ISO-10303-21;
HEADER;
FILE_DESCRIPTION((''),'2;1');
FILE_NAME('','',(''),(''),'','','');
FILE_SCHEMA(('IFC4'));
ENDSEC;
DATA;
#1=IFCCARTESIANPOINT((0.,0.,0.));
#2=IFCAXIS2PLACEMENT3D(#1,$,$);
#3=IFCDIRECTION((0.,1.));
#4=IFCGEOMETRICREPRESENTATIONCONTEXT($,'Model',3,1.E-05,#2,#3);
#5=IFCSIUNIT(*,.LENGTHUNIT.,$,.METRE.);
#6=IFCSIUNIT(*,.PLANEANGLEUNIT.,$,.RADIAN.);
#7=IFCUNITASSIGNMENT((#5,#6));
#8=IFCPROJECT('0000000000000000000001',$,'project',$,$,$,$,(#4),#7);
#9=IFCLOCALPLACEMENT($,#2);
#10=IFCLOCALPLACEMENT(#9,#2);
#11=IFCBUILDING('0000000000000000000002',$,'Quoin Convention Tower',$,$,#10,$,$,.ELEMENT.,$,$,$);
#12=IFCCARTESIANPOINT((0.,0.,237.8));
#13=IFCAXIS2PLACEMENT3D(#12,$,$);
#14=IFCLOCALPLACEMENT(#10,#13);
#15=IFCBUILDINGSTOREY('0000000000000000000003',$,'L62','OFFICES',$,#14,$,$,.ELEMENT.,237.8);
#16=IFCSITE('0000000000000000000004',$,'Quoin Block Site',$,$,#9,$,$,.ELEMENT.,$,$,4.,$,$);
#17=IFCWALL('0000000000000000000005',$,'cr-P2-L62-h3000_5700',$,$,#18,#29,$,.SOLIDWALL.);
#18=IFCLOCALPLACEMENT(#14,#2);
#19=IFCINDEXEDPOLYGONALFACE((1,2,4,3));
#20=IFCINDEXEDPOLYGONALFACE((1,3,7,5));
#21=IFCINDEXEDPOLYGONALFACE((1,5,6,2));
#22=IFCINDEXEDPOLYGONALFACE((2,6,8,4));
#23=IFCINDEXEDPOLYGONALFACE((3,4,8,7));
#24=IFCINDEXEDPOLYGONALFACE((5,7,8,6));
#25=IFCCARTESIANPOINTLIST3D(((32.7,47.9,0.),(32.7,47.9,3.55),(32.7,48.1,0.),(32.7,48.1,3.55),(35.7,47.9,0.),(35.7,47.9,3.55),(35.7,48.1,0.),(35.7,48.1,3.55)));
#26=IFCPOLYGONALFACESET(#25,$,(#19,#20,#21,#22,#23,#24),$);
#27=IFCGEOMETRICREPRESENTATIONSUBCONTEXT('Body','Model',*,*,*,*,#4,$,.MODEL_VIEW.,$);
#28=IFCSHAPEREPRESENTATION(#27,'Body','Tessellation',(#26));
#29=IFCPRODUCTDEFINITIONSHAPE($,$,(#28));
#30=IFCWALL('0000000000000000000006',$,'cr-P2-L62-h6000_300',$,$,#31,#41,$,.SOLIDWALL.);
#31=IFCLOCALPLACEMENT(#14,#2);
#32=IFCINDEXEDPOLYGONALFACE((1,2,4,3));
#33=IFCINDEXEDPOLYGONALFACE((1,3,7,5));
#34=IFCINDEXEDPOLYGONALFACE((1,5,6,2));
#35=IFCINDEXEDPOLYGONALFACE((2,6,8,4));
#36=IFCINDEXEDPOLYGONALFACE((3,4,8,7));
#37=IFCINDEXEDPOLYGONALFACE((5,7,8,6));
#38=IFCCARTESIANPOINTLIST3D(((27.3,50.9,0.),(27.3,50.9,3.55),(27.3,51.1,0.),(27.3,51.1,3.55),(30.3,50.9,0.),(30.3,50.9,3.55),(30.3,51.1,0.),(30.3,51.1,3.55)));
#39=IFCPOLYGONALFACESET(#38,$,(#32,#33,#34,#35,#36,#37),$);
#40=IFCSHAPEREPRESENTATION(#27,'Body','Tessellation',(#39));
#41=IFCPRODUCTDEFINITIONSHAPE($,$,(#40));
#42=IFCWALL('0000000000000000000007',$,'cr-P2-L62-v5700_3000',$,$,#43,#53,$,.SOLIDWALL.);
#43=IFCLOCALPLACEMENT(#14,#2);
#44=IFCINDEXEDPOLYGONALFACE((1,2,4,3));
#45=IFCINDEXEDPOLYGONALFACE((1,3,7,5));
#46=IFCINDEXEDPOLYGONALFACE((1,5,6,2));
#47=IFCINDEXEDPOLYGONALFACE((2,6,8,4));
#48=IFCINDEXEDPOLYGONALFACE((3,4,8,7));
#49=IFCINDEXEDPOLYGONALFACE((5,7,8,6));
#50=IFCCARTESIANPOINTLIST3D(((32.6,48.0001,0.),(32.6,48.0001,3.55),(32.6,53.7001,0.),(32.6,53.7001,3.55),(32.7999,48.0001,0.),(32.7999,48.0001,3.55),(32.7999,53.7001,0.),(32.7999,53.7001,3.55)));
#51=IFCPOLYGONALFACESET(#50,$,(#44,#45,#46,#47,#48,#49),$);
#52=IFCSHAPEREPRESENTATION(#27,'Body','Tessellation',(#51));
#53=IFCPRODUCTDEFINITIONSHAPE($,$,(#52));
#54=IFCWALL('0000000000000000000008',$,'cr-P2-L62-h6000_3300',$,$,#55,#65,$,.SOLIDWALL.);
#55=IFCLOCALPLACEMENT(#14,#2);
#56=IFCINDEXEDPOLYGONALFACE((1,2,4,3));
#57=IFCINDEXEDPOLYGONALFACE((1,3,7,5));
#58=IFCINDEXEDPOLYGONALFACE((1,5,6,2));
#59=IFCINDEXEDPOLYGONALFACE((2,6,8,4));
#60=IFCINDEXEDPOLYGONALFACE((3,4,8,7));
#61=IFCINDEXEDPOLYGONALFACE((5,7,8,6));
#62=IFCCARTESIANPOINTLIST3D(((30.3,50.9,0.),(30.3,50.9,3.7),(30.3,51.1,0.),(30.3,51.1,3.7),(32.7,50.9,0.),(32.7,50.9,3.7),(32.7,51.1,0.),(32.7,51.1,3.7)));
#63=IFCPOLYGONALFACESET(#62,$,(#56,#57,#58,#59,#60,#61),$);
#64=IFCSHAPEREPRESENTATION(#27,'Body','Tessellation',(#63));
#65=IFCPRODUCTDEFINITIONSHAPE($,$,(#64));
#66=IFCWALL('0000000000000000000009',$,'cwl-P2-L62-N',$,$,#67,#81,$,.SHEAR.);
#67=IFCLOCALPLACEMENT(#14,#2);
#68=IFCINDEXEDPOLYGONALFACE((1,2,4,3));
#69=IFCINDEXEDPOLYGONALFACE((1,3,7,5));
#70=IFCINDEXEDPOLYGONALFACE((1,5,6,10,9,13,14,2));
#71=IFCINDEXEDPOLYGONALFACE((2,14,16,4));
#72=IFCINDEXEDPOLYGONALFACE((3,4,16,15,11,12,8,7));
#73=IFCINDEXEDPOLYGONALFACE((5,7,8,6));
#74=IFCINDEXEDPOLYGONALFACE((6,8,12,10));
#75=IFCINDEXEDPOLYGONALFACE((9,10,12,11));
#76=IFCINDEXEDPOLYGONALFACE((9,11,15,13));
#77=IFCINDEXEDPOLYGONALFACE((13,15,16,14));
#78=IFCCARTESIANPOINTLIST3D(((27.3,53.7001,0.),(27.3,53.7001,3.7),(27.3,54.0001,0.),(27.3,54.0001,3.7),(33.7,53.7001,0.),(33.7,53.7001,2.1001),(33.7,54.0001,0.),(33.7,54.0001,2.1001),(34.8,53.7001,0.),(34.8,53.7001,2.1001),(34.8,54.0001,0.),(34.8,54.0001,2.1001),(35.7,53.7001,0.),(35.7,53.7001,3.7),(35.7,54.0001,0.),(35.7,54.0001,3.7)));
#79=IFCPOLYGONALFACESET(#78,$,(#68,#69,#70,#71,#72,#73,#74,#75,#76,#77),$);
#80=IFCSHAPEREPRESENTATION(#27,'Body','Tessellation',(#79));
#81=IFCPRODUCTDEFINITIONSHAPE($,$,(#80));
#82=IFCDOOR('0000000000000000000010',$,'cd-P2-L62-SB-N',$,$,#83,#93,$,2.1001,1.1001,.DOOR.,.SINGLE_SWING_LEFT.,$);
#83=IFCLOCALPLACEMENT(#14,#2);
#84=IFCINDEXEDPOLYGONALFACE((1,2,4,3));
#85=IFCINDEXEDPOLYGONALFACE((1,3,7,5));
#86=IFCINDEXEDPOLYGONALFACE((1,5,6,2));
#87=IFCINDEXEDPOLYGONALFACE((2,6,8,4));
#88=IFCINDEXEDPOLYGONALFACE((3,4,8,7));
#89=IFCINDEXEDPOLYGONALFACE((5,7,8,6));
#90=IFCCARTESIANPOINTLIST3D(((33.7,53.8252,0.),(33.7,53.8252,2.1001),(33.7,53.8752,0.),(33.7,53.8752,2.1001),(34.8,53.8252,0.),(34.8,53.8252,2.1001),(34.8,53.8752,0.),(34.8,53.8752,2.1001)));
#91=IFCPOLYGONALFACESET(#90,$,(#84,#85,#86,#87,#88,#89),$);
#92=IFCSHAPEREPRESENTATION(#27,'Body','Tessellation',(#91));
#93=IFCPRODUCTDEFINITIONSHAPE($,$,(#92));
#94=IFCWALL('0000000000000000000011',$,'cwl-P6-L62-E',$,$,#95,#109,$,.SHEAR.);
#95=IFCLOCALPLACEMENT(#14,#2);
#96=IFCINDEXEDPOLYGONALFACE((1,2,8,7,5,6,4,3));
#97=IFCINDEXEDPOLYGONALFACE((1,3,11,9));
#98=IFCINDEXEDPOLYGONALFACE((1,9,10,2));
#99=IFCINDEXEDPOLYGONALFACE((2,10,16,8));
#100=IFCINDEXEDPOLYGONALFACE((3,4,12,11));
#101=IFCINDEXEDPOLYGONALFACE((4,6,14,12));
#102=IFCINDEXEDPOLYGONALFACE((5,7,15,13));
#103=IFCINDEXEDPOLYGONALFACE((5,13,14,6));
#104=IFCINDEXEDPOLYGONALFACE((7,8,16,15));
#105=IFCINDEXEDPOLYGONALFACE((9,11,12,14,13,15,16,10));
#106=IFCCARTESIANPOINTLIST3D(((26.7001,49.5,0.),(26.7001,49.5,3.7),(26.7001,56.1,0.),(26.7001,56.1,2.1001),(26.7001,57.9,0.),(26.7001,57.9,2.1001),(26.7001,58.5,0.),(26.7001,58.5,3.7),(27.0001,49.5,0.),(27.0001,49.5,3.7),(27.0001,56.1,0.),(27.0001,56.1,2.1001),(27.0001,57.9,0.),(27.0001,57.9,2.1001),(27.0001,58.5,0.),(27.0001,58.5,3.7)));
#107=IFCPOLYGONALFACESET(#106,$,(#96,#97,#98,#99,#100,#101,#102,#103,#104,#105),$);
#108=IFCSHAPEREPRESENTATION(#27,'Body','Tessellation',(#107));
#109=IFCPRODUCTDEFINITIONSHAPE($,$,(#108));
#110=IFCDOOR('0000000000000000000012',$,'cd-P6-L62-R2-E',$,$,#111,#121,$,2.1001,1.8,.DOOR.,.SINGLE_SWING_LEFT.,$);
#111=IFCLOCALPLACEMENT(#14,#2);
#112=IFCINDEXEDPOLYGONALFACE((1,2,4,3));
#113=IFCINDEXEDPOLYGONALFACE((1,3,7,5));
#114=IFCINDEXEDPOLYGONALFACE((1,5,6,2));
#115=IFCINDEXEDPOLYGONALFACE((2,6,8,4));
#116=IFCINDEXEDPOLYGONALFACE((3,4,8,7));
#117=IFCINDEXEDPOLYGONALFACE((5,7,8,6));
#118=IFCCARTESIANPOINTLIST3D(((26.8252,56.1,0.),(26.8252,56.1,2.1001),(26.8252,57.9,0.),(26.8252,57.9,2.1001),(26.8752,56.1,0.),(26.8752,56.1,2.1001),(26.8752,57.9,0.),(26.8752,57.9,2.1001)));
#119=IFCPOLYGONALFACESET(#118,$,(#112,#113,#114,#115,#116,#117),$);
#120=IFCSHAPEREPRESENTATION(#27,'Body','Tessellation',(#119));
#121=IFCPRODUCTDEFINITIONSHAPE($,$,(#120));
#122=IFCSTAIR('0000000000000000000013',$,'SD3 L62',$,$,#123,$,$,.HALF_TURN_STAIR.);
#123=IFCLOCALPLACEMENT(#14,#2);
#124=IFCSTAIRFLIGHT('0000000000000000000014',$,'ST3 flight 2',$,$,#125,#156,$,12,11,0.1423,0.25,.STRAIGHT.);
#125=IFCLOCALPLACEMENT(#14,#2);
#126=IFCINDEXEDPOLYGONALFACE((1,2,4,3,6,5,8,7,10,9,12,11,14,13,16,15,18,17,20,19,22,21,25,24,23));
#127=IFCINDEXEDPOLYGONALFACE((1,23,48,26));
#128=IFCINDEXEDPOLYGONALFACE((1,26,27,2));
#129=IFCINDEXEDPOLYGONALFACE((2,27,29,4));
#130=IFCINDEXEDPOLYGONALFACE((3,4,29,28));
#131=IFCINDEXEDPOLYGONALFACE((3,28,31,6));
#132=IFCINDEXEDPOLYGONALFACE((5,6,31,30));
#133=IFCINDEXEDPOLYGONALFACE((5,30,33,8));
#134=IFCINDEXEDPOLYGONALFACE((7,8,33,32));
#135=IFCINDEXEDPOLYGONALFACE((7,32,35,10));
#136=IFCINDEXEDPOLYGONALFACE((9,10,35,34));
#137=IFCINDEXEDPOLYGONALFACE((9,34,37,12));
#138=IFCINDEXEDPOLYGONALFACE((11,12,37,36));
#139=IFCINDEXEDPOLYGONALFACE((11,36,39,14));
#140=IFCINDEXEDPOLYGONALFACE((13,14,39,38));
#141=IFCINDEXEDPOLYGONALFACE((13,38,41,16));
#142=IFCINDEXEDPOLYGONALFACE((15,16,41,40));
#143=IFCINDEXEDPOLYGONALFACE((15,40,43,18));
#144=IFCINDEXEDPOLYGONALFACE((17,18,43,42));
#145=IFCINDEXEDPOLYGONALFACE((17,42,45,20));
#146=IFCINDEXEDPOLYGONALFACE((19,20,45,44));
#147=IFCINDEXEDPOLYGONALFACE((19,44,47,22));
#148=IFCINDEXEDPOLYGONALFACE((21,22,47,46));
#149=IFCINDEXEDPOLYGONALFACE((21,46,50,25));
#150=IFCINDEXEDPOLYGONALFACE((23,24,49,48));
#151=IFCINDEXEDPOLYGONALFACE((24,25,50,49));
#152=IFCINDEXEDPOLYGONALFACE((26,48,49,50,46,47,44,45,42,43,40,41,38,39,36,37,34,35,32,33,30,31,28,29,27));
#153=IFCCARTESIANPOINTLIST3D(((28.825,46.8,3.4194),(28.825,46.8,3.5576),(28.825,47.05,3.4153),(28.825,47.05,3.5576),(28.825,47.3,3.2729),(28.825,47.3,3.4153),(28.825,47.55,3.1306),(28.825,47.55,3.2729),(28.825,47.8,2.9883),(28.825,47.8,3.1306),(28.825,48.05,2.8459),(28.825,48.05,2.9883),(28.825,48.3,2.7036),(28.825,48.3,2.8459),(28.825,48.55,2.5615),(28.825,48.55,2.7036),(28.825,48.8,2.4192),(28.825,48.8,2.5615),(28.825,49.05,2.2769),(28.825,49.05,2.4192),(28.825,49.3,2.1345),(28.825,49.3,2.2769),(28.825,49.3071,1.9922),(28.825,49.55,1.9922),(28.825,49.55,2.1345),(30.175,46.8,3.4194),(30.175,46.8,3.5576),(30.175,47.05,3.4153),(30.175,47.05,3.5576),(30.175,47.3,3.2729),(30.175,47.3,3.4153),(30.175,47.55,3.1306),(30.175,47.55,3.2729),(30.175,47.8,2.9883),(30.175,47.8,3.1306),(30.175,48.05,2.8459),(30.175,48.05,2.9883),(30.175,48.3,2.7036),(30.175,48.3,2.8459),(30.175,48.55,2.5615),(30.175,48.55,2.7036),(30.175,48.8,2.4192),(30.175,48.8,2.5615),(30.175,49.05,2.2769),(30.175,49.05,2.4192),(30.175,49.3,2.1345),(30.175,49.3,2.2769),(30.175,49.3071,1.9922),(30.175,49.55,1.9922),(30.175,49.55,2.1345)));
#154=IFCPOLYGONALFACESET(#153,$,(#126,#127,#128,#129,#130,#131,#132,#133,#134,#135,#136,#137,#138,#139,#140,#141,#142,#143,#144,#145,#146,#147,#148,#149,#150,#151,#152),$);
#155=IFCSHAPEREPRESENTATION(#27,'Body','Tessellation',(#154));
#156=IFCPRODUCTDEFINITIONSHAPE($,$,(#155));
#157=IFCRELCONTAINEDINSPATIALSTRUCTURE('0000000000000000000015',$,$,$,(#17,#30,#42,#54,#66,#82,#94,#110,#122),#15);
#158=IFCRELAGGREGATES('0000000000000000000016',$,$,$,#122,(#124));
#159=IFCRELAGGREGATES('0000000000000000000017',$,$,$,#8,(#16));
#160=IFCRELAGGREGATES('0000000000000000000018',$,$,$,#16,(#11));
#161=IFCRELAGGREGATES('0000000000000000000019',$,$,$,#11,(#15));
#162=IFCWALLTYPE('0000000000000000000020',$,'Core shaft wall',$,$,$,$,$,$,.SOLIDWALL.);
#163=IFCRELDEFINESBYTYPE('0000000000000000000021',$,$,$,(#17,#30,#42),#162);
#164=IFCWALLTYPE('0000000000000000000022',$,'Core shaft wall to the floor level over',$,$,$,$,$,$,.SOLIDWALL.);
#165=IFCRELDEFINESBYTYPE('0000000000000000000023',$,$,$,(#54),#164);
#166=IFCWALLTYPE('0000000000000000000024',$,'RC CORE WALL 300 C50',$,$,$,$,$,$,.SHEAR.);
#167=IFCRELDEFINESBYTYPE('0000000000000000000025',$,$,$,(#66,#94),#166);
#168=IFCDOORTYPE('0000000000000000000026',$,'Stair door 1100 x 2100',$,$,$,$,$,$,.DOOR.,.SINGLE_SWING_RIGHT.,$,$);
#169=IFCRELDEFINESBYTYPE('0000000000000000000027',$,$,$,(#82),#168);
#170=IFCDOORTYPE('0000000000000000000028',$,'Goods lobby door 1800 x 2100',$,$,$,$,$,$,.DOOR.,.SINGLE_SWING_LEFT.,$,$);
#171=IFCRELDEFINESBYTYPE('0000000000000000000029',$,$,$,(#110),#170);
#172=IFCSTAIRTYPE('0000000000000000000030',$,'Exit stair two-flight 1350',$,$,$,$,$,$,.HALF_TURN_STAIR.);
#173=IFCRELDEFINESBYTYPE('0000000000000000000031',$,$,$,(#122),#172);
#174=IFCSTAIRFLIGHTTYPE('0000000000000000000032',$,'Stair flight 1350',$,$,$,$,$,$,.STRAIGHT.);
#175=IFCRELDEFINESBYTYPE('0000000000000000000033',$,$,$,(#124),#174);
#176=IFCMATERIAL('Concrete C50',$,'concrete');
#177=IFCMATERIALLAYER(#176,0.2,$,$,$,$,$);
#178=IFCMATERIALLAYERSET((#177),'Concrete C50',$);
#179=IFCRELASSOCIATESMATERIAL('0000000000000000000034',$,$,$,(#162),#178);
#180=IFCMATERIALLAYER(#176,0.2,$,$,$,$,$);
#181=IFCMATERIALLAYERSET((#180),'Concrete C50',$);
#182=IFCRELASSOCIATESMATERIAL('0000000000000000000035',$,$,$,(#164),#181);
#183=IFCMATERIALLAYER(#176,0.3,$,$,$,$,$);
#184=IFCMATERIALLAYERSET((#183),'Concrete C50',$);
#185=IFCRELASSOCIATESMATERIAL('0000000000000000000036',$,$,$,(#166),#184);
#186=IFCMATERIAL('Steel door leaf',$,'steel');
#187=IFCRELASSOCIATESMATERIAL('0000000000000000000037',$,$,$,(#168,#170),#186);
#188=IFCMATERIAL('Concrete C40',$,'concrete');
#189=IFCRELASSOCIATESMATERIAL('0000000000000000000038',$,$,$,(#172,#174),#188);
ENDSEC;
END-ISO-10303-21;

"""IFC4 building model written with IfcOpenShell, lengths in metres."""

from ifc_helpers import new_model, si_unit, direction, frame, frame_2d, origin, place, context, subcontext, project, spatial, polyline, rectangle, outline, extrude, material, layer, layer_set, type_object, element, fill, aggregate, save


model = new_model("IFC4")

# Units and contexts
model_context = context("Model", 3, precision=1e-05, world=origin(), true_north=direction((0.0, 1.0)))
body_context = subcontext(model_context, "Body", "Model", "MODEL_VIEW")
ifc_project = project(units=[si_unit("LENGTHUNIT", "METRE"), si_unit("PLANEANGLEUNIT", "RADIAN")], contexts=[model_context])

# Site, building, storey
site_placement = place(None, origin())
site = spatial("IfcSite", under=ifc_project, at=site_placement, Name="Quoin Block Site", CompositionType="ELEMENT", RefElevation=4.0)
building_placement = place(site_placement, origin())
building = spatial("IfcBuilding", under=site, at=building_placement, Name="Quoin Convention Tower", CompositionType="ELEMENT")
storey_placement = place(building_placement, frame((0.0, 0.0, 237.8)))
storey = spatial("IfcBuildingStorey", under=building, at=storey_placement, Name="L62", Description="OFFICES", CompositionType="ELEMENT", Elevation=237.8)

# Shared definitions
ifc_material_1 = material(Name="Concrete C50", Category="concrete")

# Walls
ifc_layer_1 = layer(ifc_material_1, 0.2)
ifc_layer_set_1 = layer_set([ifc_layer_1], Name="Concrete C50")
wall_type_1 = type_object("IfcWallType", Name="Core shaft wall", PredefinedType="SOLIDWALL", material=ifc_layer_set_1)
for number, where, z_axis, x_axis, name in (
    (1, (32.7, 48.0, 0.0), (0.0, 0.0, 1.0), (1.0, 0.0, 0.0), "cr-P2-L62-h3000_5700"),
    (2, (27.3, 51.0, 0.0), (0.0, 0.0, 1.0), (1.0, 0.0, 0.0), "cr-P2-L62-h6000_300"),
):
    element("IfcWall", number, at=place(storey_placement, frame(where, z_axis=z_axis, x_axis=x_axis)), inside=storey, type_object=wall_type_1, Name=name, PredefinedType="SOLIDWALL", context=body_context, shape_type="SweptSolid", body=[
        extrude(rectangle(XDim=3.0, YDim=0.2, at=frame_2d((1.5, 0.0))), origin(), (0.0, 0.0, 1.0), 3.55),
    ])
wall_1_placement = place(storey_placement, frame((32.7, 48.0, 0.0), z_axis=(0.0, 0.0, 1.0), x_axis=(0.0, 1.0, 0.0)))
element("IfcWall", 3, at=wall_1_placement, inside=storey, type_object=wall_type_1, Name="cr-P2-L62-v5700_3000", PredefinedType="SOLIDWALL", context=body_context, shape_type="SweptSolid", body=[
    extrude(rectangle(XDim=5.7, YDim=0.2, at=frame_2d((2.8501, 0.0))), origin(), (0.0, 0.0, 1.0), 3.55),
])
ifc_layer_2 = layer(ifc_material_1, 0.2)
ifc_layer_set_2 = layer_set([ifc_layer_2], Name="Concrete C50")
wall_type_2 = type_object("IfcWallType", Name="Core shaft wall to the floor level over", PredefinedType="SOLIDWALL", material=ifc_layer_set_2)
wall_2_placement = place(storey_placement, frame((30.3, 51.0, 0.0), z_axis=(0.0, 0.0, 1.0), x_axis=(1.0, 0.0, 0.0)))
element("IfcWall", 4, at=wall_2_placement, inside=storey, type_object=wall_type_2, Name="cr-P2-L62-h6000_3300", PredefinedType="SOLIDWALL", context=body_context, shape_type="SweptSolid", body=[
    extrude(rectangle(XDim=2.3999, YDim=0.2, at=frame_2d((1.2, 0.0))), origin(), (0.0, 0.0, 1.0), 3.7),
])

# Walls, openings, doors
ifc_layer_3 = layer(ifc_material_1, 0.3)
ifc_layer_set_3 = layer_set([ifc_layer_3], Name="Concrete C50")
wall_type_3 = type_object("IfcWallType", Name="RC CORE WALL 300 C50", PredefinedType="SHEAR", material=ifc_layer_set_3)
wall_3_placement = place(storey_placement, frame((27.3, 53.8501, 0.0), z_axis=(0.0, 0.0, 1.0), x_axis=(1.0, 0.0, 0.0)))
wall_3 = element("IfcWall", 5, at=wall_3_placement, inside=storey, type_object=wall_type_3, Name="cwl-P2-L62-N", PredefinedType="SHEAR", context=body_context, shape_type="SweptSolid", body=[
    extrude(rectangle(XDim=8.3999, YDim=0.3, at=frame_2d((4.2, 0.0))), origin(), (0.0, 0.0, 1.0), 3.7),
])
opening_1_placement = place(wall_3_placement, frame((6.3999, 0.0, 0.0)))
opening_1 = element("IfcOpeningElement", 6, at=opening_1_placement, cuts=wall_3, PredefinedType="OPENING", context=body_context, shape_type="SweptSolid", body=[
    extrude(rectangle(XDim=1.1001, YDim=2.1001, at=frame_2d((0.55, 1.05))), frame((0.0, 0.1599, 0.0), z_axis=(0.0, -1.0, 0.0), x_axis=(1.0, 0.0, 0.0)), (0.0, 0.0, 1.0), 0.3201),
])
ifc_material_2 = material(Name="Steel door leaf", Category="steel")
door_type_1 = type_object("IfcDoorType", Name="Stair door 1100 x 2100", OperationType="SINGLE_SWING_RIGHT", PredefinedType="DOOR", material=ifc_material_2)
door_1_placement = place(opening_1_placement, frame((1.1001, 0.0, 0.0), z_axis=(0.0, 0.0, 1.0), x_axis=(-1.0, 0.0, 0.0)))
door_1 = element("IfcDoor", 7, at=door_1_placement, inside=storey, type_object=door_type_1, Name="cd-P2-L62-SB-N", OperationType="SINGLE_SWING_LEFT", OverallHeight=2.1001, OverallWidth=1.1001, PredefinedType="DOOR", context=body_context, shape_type="SweptSolid", body=[
    extrude(rectangle(XDim=1.1001, YDim=2.1001, at=frame_2d((0.55, 1.05))), frame((0.0, 0.0249, 0.0), z_axis=(0.0, -1.0, 0.0), x_axis=(1.0, 0.0, 0.0)), (0.0, 0.0, 1.0), 0.05),
])
fill(opening_1, door_1)
wall_4_placement = place(storey_placement, frame((26.8501, 49.5, 0.0), z_axis=(0.0, 0.0, 1.0), x_axis=(0.0, 1.0, 0.0)))
wall_4 = element("IfcWall", 8, at=wall_4_placement, inside=storey, type_object=wall_type_3, Name="cwl-P6-L62-E", PredefinedType="SHEAR", context=body_context, shape_type="SweptSolid", body=[
    extrude(rectangle(XDim=9.0, YDim=0.3, at=frame_2d((4.5, 0.0))), origin(), (0.0, 0.0, 1.0), 3.7),
])
opening_2_placement = place(wall_4_placement, frame((6.6001, 0.0, 0.0)))
opening_2 = element("IfcOpeningElement", 9, at=opening_2_placement, cuts=wall_4, PredefinedType="OPENING", context=body_context, shape_type="SweptSolid", body=[
    extrude(rectangle(XDim=1.8, YDim=2.1001, at=frame_2d((0.8999, 1.05))), frame((0.0, 0.1599, 0.0), z_axis=(0.0, -1.0, 0.0), x_axis=(1.0, 0.0, 0.0)), (0.0, 0.0, 1.0), 0.3201),
])
door_type_2 = type_object("IfcDoorType", Name="Goods lobby door 1800 x 2100", OperationType="SINGLE_SWING_LEFT", PredefinedType="DOOR", material=ifc_material_2)
door_2_placement = place(opening_2_placement, origin())
door_2 = element("IfcDoor", 10, at=door_2_placement, inside=storey, type_object=door_type_2, Name="cd-P6-L62-R2-E", OperationType="SINGLE_SWING_LEFT", OverallHeight=2.1001, OverallWidth=1.8, PredefinedType="DOOR", context=body_context, shape_type="SweptSolid", body=[
    extrude(rectangle(XDim=1.8, YDim=2.1001, at=frame_2d((0.8999, 1.05))), frame((0.0, 0.0249, 0.0), z_axis=(0.0, -1.0, 0.0), x_axis=(1.0, 0.0, 0.0)), (0.0, 0.0, 1.0), 0.05),
])
fill(opening_2, door_2)

# Stair, stair flight
ifc_material_3 = material(Name="Concrete C40", Category="concrete")
stair_type_1 = type_object("IfcStairType", Name="Exit stair two-flight 1350", PredefinedType="HALF_TURN_STAIR", material=ifc_material_3)
stair_1_placement = place(storey_placement, origin())
stair_1 = element("IfcStair", 11, at=stair_1_placement, inside=storey, type_object=stair_type_1, Name="SD3 L62", PredefinedType="HALF_TURN_STAIR")
stair_flight_type_1 = type_object("IfcStairFlightType", Name="Stair flight 1350", PredefinedType="STRAIGHT", material=ifc_material_3)
stair_flight_1_placement = place(storey_placement, frame((29.5, 49.55, 1.9922), z_axis=(0.0, 0.0, 1.0), x_axis=(0.0, -1.0, 0.0)))
stair_flight_1 = element("IfcStairFlight", 12, at=stair_flight_1_placement, type_object=stair_flight_type_1, Name="ST3 flight 2", NumberOfRisers=12, NumberOfTreads=11, PredefinedType="STRAIGHT", RiserHeight=0.1423, TreadLength=0.25, context=body_context, shape_type="SweptSolid", body=[
    extrude(outline(polyline([(0.0, 0.0), (0.0, 0.1423), (0.25, 0.1423), (0.25, 0.2847), (0.5, 0.2847), (0.5, 0.427), (0.75, 0.427), (0.75, 0.5693), (1.0, 0.5693), (1.0, 0.7114), (1.25, 0.7114), (1.25, 0.8538), (1.5, 0.8538), (1.5, 0.9961), (1.75, 0.9961), (1.75, 1.1384), (2.0, 1.1384), (2.0, 1.2808), (2.25, 1.2808), (2.25, 1.4231), (2.5, 1.4231), (2.5, 1.5654), (2.75, 1.5654), (2.75, 1.7078), (2.75, 1.4272), (0.2429, 0.0), (0.0, 0.0)])), frame((0.0, 0.675, 0.0), z_axis=(0.0, -1.0, 0.0), x_axis=(1.0, 0.0, 0.0)), (0.0, 0.0, 1.0), 1.3501),
])
aggregate(stair_1, [stair_flight_1])

save(model, "model.ifc")
